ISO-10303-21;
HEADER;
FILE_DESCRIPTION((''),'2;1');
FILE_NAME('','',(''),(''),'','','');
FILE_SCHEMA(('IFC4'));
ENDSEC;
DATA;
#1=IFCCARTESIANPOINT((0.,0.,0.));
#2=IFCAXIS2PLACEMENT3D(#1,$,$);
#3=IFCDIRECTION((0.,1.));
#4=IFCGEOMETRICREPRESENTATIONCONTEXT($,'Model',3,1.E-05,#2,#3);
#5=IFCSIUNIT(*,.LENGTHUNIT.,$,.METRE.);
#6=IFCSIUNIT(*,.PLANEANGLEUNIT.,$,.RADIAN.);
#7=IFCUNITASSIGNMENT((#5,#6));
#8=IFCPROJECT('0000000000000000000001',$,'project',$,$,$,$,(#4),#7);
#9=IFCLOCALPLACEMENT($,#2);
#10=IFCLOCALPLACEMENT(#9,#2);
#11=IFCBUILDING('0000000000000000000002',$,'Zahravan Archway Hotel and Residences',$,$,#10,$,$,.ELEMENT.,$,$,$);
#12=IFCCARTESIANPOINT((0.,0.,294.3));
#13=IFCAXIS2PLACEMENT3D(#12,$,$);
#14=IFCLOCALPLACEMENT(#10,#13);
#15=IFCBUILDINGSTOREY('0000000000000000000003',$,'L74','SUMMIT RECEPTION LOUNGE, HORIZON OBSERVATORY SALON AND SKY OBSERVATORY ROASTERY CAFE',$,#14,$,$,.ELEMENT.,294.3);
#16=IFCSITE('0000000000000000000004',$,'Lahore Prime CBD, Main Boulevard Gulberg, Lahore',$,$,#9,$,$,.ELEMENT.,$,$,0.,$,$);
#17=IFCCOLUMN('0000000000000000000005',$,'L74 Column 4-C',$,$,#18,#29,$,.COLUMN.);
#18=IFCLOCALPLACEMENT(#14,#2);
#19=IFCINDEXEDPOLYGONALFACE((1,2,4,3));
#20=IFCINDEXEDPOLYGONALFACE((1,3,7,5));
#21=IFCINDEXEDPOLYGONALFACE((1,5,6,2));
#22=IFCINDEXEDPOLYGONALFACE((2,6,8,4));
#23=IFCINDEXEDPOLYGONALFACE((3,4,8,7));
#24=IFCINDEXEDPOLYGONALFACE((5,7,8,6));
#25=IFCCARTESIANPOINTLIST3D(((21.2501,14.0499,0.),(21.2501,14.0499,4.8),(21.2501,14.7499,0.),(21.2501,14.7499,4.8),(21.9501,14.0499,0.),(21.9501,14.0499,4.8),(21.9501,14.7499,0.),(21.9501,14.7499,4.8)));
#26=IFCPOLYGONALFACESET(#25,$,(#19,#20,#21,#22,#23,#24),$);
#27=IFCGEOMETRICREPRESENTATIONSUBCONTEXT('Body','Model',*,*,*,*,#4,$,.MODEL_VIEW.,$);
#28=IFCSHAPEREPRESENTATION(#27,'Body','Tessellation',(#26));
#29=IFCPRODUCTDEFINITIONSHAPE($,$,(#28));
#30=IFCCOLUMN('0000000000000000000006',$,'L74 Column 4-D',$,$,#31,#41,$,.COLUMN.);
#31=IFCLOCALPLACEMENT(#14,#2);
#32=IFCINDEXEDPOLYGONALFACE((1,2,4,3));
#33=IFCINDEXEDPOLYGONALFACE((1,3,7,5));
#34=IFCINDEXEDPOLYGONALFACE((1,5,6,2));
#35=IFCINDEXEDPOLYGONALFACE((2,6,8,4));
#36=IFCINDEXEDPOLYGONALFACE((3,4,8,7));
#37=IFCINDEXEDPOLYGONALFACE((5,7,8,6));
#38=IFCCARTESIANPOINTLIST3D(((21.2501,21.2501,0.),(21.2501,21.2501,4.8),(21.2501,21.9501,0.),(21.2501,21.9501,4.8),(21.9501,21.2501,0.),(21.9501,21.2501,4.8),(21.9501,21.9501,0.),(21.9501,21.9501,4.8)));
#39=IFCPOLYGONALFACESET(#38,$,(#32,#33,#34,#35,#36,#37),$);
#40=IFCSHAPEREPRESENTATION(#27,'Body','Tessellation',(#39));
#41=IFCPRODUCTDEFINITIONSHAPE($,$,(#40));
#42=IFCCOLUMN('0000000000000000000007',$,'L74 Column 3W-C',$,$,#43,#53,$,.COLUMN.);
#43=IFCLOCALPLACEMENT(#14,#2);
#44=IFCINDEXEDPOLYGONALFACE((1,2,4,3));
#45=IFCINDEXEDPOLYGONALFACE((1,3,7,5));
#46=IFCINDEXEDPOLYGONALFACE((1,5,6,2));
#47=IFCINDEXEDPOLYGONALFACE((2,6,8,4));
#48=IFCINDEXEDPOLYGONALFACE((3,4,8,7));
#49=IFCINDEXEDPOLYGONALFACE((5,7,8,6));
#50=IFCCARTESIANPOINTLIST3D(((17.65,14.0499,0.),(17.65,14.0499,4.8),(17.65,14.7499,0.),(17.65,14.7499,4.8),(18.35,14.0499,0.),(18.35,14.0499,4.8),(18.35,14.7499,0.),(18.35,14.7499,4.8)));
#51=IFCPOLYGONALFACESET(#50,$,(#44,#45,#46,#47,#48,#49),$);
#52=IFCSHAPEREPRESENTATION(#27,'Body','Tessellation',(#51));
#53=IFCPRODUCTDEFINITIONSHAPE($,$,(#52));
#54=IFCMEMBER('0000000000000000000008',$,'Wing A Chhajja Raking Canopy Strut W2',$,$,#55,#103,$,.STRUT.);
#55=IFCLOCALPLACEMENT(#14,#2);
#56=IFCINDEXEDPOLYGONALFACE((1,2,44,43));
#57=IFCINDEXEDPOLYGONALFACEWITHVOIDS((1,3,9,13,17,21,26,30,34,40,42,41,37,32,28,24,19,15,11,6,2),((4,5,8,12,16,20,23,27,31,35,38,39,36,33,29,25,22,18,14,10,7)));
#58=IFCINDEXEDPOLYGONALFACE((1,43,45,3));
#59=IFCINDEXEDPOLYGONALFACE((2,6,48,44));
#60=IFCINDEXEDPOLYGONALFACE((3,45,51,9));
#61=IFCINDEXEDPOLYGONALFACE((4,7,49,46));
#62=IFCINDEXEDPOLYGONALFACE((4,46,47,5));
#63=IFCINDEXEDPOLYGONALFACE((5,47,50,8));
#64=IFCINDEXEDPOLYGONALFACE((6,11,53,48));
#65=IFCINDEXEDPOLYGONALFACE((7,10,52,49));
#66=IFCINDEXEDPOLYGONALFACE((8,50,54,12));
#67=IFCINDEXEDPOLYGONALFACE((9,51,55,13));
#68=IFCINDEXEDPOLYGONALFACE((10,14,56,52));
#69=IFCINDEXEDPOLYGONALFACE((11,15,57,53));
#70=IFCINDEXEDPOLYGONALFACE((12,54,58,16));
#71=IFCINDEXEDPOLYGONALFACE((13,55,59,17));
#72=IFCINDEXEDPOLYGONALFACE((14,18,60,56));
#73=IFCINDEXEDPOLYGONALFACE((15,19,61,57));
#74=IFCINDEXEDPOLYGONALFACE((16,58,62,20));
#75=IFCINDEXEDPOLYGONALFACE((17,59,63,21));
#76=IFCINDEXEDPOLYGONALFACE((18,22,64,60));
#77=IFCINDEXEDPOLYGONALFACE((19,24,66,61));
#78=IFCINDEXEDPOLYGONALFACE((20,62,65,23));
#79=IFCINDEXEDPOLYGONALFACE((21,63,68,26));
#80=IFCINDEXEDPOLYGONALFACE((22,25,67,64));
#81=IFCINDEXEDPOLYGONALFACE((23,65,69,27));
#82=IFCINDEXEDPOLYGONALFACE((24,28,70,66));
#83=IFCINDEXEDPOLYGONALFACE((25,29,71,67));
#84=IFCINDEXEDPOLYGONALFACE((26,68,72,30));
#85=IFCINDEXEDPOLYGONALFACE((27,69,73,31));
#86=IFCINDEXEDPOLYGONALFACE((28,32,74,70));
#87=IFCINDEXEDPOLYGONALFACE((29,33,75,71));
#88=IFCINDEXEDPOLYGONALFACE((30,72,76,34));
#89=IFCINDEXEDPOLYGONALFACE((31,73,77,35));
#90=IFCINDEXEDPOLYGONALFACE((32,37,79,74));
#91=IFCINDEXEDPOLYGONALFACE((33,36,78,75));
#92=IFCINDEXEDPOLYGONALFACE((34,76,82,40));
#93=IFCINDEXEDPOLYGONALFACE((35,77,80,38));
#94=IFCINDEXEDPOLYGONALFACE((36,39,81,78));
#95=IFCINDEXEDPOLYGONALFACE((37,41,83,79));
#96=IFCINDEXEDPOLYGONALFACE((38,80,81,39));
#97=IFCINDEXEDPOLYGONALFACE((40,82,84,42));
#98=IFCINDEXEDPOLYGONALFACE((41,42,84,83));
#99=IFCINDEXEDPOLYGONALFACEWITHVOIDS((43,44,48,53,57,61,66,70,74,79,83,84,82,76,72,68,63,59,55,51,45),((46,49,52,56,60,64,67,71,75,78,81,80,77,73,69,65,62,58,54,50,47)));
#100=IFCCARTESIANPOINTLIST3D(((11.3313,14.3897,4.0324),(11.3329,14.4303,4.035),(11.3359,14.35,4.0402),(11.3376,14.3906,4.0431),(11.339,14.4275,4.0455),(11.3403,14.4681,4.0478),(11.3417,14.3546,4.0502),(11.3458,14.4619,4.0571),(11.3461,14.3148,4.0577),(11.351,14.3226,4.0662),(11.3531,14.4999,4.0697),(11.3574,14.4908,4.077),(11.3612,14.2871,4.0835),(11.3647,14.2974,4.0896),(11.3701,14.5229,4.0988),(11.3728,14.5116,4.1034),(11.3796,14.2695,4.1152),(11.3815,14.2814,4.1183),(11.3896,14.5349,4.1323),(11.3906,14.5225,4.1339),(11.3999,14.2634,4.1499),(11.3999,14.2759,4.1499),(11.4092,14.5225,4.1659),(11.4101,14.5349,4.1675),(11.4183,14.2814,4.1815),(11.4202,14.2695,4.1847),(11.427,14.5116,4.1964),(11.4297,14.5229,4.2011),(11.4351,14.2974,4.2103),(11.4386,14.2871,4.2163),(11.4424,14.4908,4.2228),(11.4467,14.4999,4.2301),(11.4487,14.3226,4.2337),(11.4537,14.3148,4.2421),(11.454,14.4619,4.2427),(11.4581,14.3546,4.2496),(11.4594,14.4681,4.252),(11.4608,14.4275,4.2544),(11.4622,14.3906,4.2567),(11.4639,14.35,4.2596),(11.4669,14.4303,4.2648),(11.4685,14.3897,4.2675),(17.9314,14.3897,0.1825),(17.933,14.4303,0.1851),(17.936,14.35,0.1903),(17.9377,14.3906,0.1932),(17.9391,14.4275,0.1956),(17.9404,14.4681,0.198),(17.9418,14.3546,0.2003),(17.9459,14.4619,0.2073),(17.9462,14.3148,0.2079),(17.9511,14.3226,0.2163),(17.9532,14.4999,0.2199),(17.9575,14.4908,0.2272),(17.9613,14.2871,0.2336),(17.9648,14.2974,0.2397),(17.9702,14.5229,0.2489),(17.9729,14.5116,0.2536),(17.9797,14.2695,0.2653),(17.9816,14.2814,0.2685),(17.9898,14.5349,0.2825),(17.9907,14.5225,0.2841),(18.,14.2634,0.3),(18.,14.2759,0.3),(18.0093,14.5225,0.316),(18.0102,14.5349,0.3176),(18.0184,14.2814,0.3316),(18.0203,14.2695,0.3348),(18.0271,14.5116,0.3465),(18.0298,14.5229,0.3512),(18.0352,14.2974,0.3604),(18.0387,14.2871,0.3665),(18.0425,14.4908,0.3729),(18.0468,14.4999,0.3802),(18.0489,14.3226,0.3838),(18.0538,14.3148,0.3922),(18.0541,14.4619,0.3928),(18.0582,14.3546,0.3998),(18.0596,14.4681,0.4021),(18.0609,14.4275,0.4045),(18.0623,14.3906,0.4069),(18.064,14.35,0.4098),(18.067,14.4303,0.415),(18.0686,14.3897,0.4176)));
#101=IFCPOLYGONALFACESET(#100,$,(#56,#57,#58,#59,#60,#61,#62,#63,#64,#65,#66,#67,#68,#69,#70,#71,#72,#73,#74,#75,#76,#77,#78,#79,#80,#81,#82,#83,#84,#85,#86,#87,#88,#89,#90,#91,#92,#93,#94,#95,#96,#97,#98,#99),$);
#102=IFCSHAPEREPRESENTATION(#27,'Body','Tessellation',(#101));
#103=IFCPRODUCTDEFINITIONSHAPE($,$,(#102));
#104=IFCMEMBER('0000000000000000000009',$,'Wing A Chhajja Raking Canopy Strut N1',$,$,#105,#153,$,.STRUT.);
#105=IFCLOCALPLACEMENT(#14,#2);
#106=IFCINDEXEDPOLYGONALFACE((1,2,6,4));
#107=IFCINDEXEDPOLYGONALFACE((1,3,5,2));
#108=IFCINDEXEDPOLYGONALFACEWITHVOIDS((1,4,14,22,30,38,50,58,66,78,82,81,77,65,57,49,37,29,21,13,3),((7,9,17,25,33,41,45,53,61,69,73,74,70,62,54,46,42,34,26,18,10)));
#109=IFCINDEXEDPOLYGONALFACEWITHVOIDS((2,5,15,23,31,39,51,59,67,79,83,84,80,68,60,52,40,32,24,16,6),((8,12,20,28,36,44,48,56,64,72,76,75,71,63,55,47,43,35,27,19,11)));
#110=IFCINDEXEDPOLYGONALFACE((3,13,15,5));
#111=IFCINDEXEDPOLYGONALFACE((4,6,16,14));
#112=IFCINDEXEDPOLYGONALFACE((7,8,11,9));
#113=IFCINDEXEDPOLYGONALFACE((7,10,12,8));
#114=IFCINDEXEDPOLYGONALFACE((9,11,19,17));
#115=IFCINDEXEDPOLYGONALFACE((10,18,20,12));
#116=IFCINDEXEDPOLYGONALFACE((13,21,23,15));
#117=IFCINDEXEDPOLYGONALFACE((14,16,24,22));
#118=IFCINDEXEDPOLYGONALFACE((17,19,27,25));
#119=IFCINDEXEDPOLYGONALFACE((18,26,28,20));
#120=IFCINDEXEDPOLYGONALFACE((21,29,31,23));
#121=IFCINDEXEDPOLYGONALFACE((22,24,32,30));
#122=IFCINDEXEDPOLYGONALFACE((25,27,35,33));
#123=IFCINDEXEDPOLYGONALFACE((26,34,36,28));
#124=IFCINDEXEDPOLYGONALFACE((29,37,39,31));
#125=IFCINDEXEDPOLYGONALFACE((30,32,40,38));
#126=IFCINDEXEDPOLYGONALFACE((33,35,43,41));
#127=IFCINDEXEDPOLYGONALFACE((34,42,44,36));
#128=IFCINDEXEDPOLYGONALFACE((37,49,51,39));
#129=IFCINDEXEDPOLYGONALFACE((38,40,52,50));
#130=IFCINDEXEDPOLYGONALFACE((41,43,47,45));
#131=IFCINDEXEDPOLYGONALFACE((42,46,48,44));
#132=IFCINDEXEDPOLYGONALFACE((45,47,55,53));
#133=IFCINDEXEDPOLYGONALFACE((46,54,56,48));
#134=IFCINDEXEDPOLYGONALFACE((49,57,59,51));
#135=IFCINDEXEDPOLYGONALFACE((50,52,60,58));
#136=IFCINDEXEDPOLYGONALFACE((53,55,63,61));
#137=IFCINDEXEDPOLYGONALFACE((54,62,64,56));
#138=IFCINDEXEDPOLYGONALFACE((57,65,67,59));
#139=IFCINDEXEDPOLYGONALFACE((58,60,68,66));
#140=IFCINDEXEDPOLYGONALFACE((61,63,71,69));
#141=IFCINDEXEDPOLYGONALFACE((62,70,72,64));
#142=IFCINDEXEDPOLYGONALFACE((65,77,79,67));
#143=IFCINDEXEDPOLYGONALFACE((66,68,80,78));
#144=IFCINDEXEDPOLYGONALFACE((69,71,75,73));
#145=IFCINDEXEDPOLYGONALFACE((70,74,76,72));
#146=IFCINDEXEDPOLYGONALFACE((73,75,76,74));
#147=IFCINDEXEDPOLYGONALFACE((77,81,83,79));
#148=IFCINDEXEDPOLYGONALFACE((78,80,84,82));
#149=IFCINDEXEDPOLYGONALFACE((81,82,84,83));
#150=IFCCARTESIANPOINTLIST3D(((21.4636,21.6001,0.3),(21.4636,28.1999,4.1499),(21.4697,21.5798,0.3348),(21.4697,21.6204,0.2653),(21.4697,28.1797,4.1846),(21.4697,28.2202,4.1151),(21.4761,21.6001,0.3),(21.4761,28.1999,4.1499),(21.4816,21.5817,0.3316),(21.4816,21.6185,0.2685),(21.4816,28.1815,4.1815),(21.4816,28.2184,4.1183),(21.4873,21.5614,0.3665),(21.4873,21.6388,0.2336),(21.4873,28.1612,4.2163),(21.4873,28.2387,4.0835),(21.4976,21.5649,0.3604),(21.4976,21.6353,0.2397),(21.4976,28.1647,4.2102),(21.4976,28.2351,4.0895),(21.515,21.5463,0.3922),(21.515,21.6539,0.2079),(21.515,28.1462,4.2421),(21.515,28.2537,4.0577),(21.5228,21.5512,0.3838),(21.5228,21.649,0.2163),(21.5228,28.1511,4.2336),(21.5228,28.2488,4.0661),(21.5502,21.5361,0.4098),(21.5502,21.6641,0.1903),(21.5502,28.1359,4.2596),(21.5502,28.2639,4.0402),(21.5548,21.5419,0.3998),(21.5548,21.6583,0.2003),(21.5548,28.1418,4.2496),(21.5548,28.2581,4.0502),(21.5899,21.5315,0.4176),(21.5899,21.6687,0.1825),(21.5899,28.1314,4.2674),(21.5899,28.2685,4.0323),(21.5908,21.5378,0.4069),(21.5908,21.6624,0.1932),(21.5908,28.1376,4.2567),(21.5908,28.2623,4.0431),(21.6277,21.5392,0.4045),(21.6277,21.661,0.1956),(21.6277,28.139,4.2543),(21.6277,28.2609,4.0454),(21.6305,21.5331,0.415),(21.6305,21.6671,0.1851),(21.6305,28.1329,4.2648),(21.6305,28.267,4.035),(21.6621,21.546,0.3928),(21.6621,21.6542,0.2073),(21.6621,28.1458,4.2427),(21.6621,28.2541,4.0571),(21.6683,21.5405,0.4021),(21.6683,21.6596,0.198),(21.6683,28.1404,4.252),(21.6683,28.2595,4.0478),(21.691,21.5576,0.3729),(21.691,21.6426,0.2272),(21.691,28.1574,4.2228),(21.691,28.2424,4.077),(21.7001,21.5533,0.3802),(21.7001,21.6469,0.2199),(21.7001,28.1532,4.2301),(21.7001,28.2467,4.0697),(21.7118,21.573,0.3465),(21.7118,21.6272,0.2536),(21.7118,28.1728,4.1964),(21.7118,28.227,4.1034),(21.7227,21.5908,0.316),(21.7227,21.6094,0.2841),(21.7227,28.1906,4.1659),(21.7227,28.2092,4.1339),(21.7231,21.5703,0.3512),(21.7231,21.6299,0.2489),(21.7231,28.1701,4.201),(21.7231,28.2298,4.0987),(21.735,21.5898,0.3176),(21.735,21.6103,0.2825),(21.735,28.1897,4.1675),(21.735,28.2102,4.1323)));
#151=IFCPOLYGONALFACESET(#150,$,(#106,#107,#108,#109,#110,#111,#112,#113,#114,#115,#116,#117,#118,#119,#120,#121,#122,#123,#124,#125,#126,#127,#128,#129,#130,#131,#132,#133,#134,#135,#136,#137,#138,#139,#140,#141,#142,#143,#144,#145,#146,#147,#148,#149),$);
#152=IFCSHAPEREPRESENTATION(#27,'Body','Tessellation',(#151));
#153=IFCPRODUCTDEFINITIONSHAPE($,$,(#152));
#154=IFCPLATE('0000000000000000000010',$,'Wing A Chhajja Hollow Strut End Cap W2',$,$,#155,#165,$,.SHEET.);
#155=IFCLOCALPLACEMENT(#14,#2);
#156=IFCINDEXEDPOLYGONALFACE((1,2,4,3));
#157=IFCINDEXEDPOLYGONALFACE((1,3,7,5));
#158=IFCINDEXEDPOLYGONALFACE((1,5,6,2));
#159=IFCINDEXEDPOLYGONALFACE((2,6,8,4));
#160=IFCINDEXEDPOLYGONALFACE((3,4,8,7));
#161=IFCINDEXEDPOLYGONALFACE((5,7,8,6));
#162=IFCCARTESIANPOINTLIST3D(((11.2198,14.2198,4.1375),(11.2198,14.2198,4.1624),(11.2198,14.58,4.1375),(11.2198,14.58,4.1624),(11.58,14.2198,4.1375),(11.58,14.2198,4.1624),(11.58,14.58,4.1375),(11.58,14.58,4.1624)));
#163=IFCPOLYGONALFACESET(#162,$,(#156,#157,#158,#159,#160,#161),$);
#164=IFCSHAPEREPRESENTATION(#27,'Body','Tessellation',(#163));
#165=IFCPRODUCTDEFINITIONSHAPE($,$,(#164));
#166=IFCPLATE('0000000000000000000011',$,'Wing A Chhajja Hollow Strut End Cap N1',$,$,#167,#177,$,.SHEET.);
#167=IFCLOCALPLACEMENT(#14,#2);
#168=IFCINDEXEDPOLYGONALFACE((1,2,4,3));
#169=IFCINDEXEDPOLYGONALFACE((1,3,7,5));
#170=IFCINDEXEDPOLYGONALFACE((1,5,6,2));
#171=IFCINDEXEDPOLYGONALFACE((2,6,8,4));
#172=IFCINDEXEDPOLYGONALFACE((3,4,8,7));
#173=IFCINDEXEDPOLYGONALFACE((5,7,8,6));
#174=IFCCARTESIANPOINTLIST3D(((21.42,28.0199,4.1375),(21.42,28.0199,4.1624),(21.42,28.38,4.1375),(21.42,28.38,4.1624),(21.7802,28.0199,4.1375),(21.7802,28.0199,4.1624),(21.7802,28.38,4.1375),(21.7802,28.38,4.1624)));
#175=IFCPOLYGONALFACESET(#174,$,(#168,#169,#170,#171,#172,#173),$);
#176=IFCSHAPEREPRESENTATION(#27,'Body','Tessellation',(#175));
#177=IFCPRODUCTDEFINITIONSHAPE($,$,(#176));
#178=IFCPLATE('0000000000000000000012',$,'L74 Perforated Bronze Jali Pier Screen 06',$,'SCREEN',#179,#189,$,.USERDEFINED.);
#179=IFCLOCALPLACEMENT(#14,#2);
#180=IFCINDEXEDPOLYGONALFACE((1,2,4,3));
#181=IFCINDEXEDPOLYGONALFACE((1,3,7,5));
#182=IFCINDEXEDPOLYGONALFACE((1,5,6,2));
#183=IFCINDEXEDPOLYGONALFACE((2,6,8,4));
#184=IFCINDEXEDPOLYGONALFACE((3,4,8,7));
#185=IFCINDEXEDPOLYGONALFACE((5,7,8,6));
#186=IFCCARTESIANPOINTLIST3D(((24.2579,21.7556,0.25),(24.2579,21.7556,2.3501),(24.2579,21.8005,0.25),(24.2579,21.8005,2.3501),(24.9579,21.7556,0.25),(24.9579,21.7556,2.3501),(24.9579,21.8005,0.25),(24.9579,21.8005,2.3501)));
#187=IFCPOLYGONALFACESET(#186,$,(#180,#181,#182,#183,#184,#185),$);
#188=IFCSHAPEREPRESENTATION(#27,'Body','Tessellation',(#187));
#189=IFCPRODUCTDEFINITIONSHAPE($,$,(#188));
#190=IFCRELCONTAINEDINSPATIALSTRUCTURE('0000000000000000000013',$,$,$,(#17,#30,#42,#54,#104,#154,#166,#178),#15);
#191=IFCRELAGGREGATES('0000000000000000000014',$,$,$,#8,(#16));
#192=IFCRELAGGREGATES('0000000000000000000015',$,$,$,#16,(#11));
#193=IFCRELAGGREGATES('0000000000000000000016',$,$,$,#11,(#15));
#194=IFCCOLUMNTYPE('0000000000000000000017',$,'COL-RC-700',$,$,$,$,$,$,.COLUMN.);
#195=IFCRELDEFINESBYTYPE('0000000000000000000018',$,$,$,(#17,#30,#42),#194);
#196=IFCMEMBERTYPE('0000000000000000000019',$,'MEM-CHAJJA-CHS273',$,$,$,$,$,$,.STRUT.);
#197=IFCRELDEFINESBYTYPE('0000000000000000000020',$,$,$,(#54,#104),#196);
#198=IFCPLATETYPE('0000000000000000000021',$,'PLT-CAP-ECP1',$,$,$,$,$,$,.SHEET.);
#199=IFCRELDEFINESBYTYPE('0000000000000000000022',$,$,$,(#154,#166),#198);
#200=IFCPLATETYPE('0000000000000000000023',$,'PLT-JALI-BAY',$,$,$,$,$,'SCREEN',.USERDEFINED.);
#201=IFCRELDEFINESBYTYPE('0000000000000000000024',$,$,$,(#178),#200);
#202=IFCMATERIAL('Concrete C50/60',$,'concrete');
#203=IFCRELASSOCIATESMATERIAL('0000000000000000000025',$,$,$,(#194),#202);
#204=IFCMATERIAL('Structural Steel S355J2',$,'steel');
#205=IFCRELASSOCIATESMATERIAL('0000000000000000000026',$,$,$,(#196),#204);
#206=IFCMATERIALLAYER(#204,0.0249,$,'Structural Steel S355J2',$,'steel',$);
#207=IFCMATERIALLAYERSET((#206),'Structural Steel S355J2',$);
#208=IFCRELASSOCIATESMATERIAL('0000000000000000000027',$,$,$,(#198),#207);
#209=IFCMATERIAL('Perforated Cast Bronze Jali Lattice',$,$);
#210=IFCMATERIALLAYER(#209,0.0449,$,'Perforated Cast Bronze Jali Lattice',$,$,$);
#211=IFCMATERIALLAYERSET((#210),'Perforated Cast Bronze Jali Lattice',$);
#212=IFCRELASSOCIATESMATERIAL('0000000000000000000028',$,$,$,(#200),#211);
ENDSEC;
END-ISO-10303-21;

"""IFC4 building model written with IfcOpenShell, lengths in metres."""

from ifc_helpers import new_model, si_unit, direction, frame, origin, origin_2d, place, context, subcontext, project, spatial, rectangle, hollow_circle, extrude, source, transform, mapped, material, layer, layer_set, material_profile, profile_set, type_object, type_shapes, element, save


model = new_model("IFC4")

# Units and contexts
model_context = context("Model", 3, precision=1e-05, world=origin(), true_north=direction((0.0, 1.0)))
body_context = subcontext(model_context, "Body", "Model", "MODEL_VIEW")
ifc_project = project(units=[si_unit("LENGTHUNIT", "METRE"), si_unit("PLANEANGLEUNIT", "RADIAN")], contexts=[model_context])

# Site, building, storey
site_placement = place(None, origin())
site = spatial("IfcSite", under=ifc_project, at=site_placement, Name="Lahore Prime CBD, Main Boulevard Gulberg, Lahore", CompositionType="ELEMENT", RefElevation=0.0)
building_placement = place(site_placement, origin())
building = spatial("IfcBuilding", under=site, at=building_placement, Name="Zahravan Archway Hotel and Residences", CompositionType="ELEMENT")
storey_placement = place(building_placement, frame((0.0, 0.0, 294.3)))
storey = spatial("IfcBuildingStorey", under=building, at=storey_placement, Name="L74", Description="SUMMIT RECEPTION LOUNGE, HORIZON OBSERVATORY SALON AND SKY OBSERVATORY ROASTERY CAFE", CompositionType="ELEMENT", Elevation=294.3)

# Columns
ifc_material_1 = material(Name="Concrete C50/60", Category="concrete")
ifc_material_profile_1 = material_profile(ifc_material_1, rectangle(XDim=0.7, YDim=0.7, at=origin_2d()), Name="RC-COL-700x700", Category="concrete")
ifc_profile_set_1 = profile_set([ifc_material_profile_1], Name="Concrete C50/60")
column_type = type_object("IfcColumnType", Name="COL-RC-700", PredefinedType="COLUMN", material=ifc_profile_set_1)
shared_shape_1 = source(origin(), body_context, "Body", "SweptSolid", [
    extrude(rectangle(XDim=0.7, YDim=0.7, at=origin_2d()), origin(), (0.0, 0.0, 1.0), 4.8),
])
for number, where, z_axis, x_axis, name in (
    (1, (21.6001, 14.3999, 0.0), (0.0, 0.0, 1.0), (1.0, 0.0, 0.0), "L74 Column 4-C"),
    (2, (21.6001, 21.6001, 0.0), (0.0, 0.0, 1.0), (1.0, 0.0, 0.0), "L74 Column 4-D"),
    (3, (18.0, 14.3999, 0.0), (0.0, 0.0, 1.0), (1.0, 0.0, 0.0), "L74 Column 3W-C"),
):
    element("IfcColumn", number, at=place(storey_placement, frame(where, z_axis=z_axis, x_axis=x_axis)), inside=storey, type_object=column_type, Name=name, PredefinedType="COLUMN", context=body_context, shape_type="MappedRepresentation", body=[
        mapped(shared_shape_1, transform((0.0, 0.0, 0.0), scale=1.0)),
    ])

# Members
ifc_material_2 = material(Name="Structural Steel S355J2", Category="steel")
ifc_material_profile_2 = material_profile(ifc_material_2, hollow_circle(Radius=0.1365, WallThickness=0.0125, at=origin_2d()), Name="CHS 273x12.5", Category="steel")
ifc_profile_set_2 = profile_set([ifc_material_profile_2], Name="Structural Steel S355J2")
member_type = type_object("IfcMemberType", Name="MEM-CHAJJA-CHS273", PredefinedType="STRUT", material=ifc_profile_set_2)
shared_shape_2 = source(origin(), body_context, "Body", "SweptSolid", [
    extrude(hollow_circle(Radius=0.1365, WallThickness=0.0125, at=origin_2d()), origin(), (0.0, 0.0, 1.0), 7.6409),
])
member_1_placement = place(storey_placement, frame((18.0, 14.3999, 0.3), z_axis=(-0.86379, 0.0, 0.503851), x_axis=(0.0, -1.0, 0.0)))
element("IfcMember", 4, at=member_1_placement, inside=storey, type_object=member_type, Name="Wing A Chhajja Raking Canopy Strut W2", PredefinedType="STRUT", context=body_context, shape_type="MappedRepresentation", body=[
    mapped(shared_shape_2, transform((0.0, 0.0, 0.0), scale=1.0)),
])
shared_shape_3 = source(origin(), body_context, "Body", "SweptSolid", [
    extrude(hollow_circle(Radius=0.1365, WallThickness=0.0125, at=origin_2d()), origin(), (0.0, 0.0, 1.0), 7.6406),
])
member_2_placement = place(storey_placement, frame((21.6001, 21.6001, 0.3), z_axis=(0.0, 0.863782, 0.503865), x_axis=(-1.0, 0.0, 0.0)))
element("IfcMember", 5, at=member_2_placement, inside=storey, type_object=member_type, Name="Wing A Chhajja Raking Canopy Strut N1", PredefinedType="STRUT", context=body_context, shape_type="MappedRepresentation", body=[
    mapped(shared_shape_3, transform((0.0, 0.0, 0.0), scale=1.0)),
])

# Plates
ifc_layer_1 = layer(ifc_material_2, 0.0249, Name="Structural Steel S355J2", Category="steel")
ifc_layer_set_1 = layer_set([ifc_layer_1], Name="Structural Steel S355J2")
plate_type_1 = type_object("IfcPlateType", Name="PLT-CAP-ECP1", PredefinedType="SHEET", material=ifc_layer_set_1)
shared_shape_4 = source(origin(), body_context, "Body", "SweptSolid", [
    extrude(rectangle(XDim=0.3601, YDim=0.3601, at=origin_2d()), origin(), (0.0, 0.0, 1.0), 0.0249),
])
type_shapes(plate_type_1, [shared_shape_4])
for number, where, z_axis, x_axis, name in (
    (6, (11.3999, 14.3999, 4.1375), (0.0, 0.0, 1.0), (1.0, 0.0, 0.0), "Wing A Chhajja Hollow Strut End Cap W2"),
    (7, (21.6001, 28.2, 4.1375), (0.0, 0.0, 1.0), (1.0, 0.0, 0.0), "Wing A Chhajja Hollow Strut End Cap N1"),
):
    element("IfcPlate", number, at=place(storey_placement, frame(where, z_axis=z_axis, x_axis=x_axis)), inside=storey, type_object=plate_type_1, Name=name, PredefinedType="SHEET", context=body_context, shape_type="MappedRepresentation", body=[
        mapped(shared_shape_4, transform((0.0, 0.0, 0.0), scale=1.0)),
    ])
ifc_material_3 = material(Name="Perforated Cast Bronze Jali Lattice")
ifc_layer_2 = layer(ifc_material_3, 0.0449, Name="Perforated Cast Bronze Jali Lattice")
ifc_layer_set_2 = layer_set([ifc_layer_2], Name="Perforated Cast Bronze Jali Lattice")
plate_type_2 = type_object("IfcPlateType", Name="PLT-JALI-BAY", ElementType="SCREEN", PredefinedType="USERDEFINED", material=ifc_layer_set_2)
shared_shape_5 = source(origin(), body_context, "Body", "SweptSolid", [
    extrude(rectangle(XDim=0.7, YDim=0.0449, at=origin_2d()), origin(), (0.0, 0.0, 1.0), 2.1001),
])
type_shapes(plate_type_2, [shared_shape_5])
plate_placement = place(storey_placement, frame((24.6079, 21.7781, 0.25), z_axis=(0.0, 0.0, 1.0), x_axis=(1.0, 0.0, 0.0)))
element("IfcPlate", 8, at=plate_placement, inside=storey, type_object=plate_type_2, Name="L74 Perforated Bronze Jali Pier Screen 06", ObjectType="SCREEN", PredefinedType="USERDEFINED", context=body_context, shape_type="MappedRepresentation", body=[
    mapped(shared_shape_5, transform((0.0, 0.0, 0.0), scale=1.0)),
])

save(model, "model.ifc")
